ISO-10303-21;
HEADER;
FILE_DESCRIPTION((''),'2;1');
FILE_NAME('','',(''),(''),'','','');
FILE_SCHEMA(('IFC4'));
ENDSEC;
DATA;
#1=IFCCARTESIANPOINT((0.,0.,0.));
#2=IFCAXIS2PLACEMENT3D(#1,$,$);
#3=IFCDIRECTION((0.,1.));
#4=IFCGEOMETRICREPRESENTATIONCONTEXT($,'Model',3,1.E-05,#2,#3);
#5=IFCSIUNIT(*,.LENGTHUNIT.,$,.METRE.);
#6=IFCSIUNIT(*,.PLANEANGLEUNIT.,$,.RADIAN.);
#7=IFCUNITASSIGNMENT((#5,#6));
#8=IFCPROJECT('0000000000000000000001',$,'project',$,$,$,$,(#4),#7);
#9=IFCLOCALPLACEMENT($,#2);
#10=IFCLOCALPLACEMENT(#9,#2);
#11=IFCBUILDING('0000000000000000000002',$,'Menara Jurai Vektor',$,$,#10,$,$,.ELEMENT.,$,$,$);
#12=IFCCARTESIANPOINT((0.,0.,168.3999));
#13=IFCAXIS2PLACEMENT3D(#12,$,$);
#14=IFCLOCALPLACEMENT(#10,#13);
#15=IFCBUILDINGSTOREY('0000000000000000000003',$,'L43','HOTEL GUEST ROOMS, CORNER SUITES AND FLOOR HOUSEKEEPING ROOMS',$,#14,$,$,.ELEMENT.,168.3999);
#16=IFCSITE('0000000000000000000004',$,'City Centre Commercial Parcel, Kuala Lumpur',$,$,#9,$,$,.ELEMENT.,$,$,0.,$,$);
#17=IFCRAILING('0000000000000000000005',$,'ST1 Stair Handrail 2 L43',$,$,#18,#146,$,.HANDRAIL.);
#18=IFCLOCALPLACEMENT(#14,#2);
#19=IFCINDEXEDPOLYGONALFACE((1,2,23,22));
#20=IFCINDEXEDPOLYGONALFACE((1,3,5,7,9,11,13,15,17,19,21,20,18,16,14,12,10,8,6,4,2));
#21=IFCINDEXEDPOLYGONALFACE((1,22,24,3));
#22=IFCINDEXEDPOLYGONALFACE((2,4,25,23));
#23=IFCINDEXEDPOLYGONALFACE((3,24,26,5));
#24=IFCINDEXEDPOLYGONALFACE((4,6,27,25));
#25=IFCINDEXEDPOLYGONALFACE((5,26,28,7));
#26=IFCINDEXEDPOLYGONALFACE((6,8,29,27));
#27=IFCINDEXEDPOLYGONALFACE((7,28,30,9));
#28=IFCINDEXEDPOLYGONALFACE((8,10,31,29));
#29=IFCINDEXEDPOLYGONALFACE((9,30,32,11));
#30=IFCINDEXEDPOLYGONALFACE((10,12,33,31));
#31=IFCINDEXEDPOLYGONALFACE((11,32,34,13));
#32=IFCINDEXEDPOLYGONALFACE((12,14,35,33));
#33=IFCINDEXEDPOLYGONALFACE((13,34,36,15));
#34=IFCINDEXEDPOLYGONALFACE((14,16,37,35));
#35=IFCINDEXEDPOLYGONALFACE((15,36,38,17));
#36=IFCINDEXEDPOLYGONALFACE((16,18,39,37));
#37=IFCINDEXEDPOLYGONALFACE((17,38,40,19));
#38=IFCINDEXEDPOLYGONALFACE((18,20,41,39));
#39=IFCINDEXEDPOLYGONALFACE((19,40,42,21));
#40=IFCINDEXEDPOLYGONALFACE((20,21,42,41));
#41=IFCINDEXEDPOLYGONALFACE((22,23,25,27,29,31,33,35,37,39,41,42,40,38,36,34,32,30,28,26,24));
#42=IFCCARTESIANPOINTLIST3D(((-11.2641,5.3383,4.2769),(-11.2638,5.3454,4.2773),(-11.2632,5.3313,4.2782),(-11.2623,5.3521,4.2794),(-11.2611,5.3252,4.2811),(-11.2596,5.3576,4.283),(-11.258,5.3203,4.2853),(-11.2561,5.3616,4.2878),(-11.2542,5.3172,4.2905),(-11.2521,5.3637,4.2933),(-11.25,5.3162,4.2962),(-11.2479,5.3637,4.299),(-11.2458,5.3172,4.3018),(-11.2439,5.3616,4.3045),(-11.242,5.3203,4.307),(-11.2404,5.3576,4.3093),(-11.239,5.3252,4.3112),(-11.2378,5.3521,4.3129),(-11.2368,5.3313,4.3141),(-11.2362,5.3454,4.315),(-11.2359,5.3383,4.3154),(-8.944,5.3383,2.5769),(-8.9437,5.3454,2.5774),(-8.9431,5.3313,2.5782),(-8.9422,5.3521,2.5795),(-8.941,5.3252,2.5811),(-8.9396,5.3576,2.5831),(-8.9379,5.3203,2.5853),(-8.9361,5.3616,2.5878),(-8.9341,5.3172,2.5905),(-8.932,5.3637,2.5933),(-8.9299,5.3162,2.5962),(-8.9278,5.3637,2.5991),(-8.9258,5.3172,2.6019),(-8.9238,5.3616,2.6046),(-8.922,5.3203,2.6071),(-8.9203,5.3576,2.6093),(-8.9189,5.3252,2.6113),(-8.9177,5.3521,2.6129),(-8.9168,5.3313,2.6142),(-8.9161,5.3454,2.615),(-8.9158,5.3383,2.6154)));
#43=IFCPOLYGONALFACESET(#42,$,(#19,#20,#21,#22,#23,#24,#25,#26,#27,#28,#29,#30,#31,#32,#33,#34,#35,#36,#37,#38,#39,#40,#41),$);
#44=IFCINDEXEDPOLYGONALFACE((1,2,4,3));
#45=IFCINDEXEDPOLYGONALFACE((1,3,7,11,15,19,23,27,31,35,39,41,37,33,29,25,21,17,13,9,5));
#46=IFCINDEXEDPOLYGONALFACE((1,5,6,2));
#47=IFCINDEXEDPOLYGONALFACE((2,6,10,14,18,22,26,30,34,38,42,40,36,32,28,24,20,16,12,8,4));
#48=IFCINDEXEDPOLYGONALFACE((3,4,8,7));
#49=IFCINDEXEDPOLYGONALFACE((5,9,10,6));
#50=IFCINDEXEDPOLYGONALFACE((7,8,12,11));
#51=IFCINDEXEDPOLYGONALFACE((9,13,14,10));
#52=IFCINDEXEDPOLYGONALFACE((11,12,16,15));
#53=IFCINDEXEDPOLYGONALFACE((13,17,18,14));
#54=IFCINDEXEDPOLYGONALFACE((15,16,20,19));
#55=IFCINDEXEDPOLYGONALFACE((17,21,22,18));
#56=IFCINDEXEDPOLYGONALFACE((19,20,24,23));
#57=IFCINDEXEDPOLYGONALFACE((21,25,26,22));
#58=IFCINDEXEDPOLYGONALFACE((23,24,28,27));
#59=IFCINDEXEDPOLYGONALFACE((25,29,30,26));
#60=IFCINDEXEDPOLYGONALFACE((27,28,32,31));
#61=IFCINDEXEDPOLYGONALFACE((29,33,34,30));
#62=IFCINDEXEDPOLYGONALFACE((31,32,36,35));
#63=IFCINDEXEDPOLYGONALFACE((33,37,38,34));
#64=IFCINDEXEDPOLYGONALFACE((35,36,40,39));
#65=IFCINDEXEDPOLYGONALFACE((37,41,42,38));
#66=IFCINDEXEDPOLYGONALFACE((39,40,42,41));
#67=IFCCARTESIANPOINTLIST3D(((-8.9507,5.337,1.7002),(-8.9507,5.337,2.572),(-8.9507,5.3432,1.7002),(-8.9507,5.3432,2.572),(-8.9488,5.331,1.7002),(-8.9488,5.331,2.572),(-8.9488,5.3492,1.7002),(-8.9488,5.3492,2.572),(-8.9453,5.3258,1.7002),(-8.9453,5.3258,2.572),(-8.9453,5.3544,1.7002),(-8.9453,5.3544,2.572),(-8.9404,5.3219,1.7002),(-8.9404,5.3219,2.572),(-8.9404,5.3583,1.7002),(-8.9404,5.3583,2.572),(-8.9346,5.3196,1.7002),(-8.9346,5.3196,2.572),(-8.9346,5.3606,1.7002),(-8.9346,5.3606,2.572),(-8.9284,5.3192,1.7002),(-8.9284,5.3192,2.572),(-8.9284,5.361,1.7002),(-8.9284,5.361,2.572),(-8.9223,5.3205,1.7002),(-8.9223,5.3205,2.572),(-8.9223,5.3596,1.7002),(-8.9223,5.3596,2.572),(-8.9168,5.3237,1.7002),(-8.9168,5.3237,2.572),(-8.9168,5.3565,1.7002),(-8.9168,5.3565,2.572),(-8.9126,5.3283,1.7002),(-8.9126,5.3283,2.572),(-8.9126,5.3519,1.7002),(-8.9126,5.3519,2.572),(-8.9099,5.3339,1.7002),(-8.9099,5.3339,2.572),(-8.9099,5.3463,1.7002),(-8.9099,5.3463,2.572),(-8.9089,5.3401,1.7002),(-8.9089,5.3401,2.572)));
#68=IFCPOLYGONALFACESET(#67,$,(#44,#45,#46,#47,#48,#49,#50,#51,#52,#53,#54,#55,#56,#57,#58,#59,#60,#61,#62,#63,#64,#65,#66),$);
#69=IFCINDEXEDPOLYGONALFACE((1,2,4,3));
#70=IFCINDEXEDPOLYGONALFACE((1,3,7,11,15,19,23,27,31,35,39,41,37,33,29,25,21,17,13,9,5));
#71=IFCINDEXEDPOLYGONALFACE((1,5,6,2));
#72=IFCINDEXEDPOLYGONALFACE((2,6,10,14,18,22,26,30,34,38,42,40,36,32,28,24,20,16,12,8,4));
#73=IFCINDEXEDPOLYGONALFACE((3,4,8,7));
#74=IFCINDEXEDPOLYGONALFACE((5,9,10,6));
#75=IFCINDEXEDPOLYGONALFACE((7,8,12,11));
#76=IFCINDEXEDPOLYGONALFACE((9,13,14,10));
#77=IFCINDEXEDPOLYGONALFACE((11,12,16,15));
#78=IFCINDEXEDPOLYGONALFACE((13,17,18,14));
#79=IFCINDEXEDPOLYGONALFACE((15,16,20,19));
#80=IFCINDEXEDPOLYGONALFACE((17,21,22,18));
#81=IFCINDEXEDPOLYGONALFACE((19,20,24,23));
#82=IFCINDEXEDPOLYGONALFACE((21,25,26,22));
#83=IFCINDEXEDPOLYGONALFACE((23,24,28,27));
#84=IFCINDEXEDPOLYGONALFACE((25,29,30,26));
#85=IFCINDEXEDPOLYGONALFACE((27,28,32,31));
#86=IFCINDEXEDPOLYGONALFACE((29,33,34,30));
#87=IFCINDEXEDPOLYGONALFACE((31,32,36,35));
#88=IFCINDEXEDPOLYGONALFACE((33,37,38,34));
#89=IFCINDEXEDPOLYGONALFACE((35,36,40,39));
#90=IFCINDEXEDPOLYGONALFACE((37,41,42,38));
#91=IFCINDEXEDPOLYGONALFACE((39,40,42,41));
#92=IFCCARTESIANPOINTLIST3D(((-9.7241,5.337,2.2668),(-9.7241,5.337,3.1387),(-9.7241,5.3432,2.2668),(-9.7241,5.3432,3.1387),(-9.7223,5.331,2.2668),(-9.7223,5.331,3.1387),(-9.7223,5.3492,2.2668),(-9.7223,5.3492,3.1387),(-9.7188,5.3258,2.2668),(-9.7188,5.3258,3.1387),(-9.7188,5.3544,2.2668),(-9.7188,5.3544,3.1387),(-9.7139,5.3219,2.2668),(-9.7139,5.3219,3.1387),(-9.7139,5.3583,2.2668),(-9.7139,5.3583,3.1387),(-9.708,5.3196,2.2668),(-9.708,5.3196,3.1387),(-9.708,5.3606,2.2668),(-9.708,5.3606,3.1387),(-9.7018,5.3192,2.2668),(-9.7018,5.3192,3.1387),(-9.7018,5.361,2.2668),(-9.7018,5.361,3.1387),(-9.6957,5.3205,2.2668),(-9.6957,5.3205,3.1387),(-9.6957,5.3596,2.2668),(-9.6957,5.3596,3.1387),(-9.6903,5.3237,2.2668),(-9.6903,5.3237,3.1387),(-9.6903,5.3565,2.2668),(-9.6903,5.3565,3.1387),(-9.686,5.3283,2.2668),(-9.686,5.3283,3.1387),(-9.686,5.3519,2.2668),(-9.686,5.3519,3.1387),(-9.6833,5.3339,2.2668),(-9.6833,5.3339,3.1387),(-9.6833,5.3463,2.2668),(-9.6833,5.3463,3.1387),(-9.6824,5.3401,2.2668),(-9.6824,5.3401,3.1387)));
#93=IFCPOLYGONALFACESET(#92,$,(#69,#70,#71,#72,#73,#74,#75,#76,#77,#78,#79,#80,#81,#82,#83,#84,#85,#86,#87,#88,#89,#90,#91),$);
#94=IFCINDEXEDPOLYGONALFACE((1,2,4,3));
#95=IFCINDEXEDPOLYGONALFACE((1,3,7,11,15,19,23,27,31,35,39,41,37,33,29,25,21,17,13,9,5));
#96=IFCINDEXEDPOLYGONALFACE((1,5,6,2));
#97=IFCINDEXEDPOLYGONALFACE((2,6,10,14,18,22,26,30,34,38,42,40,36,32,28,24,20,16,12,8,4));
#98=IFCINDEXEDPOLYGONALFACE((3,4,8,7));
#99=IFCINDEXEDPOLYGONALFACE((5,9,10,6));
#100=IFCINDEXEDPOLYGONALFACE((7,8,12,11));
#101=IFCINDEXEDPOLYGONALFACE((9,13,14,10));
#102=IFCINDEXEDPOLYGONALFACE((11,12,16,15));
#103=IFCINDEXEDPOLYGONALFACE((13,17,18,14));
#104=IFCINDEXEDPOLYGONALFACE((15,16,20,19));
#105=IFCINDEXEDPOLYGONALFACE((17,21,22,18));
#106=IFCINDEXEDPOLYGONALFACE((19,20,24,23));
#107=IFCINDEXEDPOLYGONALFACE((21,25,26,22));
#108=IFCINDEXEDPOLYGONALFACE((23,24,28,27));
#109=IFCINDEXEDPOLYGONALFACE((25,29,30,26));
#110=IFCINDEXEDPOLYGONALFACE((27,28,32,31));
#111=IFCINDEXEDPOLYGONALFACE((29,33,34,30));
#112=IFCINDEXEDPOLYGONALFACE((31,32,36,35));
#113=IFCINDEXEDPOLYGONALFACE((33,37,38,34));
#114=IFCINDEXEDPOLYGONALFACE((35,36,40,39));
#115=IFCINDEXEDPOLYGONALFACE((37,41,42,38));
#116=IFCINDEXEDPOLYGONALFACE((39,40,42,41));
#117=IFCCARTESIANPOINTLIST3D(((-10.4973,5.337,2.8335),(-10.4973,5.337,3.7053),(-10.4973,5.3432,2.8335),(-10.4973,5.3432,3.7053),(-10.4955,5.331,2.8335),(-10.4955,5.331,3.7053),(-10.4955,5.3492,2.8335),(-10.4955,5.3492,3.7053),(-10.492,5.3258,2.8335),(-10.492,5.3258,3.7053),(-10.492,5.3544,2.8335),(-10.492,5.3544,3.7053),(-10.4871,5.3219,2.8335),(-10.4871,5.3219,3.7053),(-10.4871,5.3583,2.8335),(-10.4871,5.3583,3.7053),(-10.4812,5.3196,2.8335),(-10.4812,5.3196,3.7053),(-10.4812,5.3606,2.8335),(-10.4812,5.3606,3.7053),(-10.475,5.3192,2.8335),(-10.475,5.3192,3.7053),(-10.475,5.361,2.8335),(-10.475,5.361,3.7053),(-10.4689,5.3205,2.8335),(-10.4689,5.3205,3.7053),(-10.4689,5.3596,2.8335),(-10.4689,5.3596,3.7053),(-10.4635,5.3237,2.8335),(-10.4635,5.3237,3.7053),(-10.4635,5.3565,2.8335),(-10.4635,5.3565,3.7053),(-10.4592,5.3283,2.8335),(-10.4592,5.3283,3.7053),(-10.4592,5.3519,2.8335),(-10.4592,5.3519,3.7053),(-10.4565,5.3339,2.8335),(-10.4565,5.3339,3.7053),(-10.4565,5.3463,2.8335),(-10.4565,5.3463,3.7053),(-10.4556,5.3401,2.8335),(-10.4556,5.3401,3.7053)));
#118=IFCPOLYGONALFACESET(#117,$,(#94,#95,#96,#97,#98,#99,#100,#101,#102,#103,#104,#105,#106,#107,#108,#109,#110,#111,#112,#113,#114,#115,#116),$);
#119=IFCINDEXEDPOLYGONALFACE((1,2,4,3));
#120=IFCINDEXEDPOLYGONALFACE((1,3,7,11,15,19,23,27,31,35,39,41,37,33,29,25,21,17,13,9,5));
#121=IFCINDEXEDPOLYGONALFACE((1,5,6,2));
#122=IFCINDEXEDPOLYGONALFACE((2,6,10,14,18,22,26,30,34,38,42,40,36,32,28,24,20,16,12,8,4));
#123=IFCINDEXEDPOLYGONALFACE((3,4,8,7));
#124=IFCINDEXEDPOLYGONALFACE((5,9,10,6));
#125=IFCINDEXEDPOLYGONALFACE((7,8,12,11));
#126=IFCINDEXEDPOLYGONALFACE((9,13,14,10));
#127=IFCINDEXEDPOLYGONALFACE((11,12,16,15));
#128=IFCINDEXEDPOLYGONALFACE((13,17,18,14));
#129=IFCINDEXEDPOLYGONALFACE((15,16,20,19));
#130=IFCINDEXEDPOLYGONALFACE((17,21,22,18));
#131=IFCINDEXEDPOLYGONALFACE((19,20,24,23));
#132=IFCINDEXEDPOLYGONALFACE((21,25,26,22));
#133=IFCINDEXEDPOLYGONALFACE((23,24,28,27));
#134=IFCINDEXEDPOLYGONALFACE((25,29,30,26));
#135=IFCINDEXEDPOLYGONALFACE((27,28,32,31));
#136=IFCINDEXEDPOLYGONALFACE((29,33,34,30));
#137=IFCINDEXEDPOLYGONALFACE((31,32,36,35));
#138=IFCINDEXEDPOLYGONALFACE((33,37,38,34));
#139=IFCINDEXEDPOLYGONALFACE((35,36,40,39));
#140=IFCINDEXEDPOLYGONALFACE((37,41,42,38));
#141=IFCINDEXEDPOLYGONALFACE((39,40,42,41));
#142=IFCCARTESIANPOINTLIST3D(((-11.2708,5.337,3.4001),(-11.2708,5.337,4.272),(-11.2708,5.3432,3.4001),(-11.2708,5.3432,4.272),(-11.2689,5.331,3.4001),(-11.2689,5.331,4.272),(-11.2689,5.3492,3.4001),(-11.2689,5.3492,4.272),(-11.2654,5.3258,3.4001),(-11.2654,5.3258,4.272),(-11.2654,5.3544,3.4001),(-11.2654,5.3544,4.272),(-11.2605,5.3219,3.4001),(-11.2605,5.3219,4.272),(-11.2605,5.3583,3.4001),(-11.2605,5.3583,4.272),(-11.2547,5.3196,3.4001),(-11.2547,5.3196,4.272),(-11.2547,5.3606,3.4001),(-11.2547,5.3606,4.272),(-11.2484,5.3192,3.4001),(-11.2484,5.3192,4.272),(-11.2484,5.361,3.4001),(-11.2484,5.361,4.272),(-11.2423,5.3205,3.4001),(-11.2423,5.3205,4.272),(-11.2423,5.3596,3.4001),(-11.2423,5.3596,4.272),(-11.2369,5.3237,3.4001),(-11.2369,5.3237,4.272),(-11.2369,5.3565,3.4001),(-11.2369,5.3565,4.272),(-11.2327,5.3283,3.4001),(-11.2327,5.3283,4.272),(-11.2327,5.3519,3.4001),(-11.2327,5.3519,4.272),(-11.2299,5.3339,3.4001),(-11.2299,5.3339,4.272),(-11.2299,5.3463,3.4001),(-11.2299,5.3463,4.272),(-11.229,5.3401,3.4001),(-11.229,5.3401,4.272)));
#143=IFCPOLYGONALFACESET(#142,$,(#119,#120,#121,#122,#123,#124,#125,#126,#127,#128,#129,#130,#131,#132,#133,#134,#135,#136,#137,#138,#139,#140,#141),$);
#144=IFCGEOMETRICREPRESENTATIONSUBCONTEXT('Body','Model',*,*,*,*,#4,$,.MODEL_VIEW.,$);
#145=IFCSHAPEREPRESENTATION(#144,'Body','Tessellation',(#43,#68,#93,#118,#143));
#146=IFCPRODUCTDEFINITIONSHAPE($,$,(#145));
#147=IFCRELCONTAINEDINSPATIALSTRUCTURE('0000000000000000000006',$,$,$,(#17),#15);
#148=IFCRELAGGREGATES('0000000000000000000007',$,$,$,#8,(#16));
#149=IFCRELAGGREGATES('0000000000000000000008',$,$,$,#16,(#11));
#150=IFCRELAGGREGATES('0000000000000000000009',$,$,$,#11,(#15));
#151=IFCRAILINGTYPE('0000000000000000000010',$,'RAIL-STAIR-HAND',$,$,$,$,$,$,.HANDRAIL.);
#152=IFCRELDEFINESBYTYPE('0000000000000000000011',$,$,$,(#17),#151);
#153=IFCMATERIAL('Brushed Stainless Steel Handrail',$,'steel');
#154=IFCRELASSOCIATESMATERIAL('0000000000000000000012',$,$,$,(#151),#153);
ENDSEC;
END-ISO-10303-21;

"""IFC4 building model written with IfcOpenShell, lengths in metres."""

from ifc_helpers import new_model, si_unit, direction, frame, origin, origin_2d, place, context, subcontext, project, spatial, circle, extrude, material, type_object, element, save


model = new_model("IFC4")

# Units and contexts
model_context = context("Model", 3, precision=1e-05, world=origin(), true_north=direction((0.0, 1.0)))
body_context = subcontext(model_context, "Body", "Model", "MODEL_VIEW")
ifc_project = project(units=[si_unit("LENGTHUNIT", "METRE"), si_unit("PLANEANGLEUNIT", "RADIAN")], contexts=[model_context])

# Site, building, storey
site_placement = place(None, origin())
site = spatial("IfcSite", under=ifc_project, at=site_placement, Name="City Centre Commercial Parcel, Kuala Lumpur", CompositionType="ELEMENT", RefElevation=0.0)
building_placement = place(site_placement, origin())
building = spatial("IfcBuilding", under=site, at=building_placement, Name="Menara Jurai Vektor", CompositionType="ELEMENT")
storey_placement = place(building_placement, frame((0.0, 0.0, 168.3999)))
storey = spatial("IfcBuildingStorey", under=building, at=storey_placement, Name="L43", Description="HOTEL GUEST ROOMS, CORNER SUITES AND FLOOR HOUSEKEEPING ROOMS", CompositionType="ELEMENT", Elevation=168.3999)

# Railing
ifc_material_1 = material(Name="Brushed Stainless Steel Handrail", Category="steel")
railing_type_1 = type_object("IfcRailingType", Name="RAIL-STAIR-HAND", PredefinedType="HANDRAIL", material=ifc_material_1)
railing_1_placement = place(storey_placement, frame((-8.9299, 5.3401, 1.7002)))
element("IfcRailing", 1, at=railing_1_placement, inside=storey, type_object=railing_type_1, Name="ST1 Stair Handrail 2 L43", PredefinedType="HANDRAIL", context=body_context, shape_type="SweptSolid", body=[
    extrude(circle(Radius=0.0239, at=origin_2d()), frame((0.0, 0.0, 0.896), z_axis=(-0.806642, 0.0, 0.59104), x_axis=(0.0, -1.0, 0.0)), (0.0, 0.0, 1.0), 2.8762),
    extrude(circle(Radius=0.021, at=origin_2d()), origin(), (0.0, 0.0, 1.0), 0.8718),
    extrude(circle(Radius=0.021, at=origin_2d()), frame((-0.7734, 0.0, 0.5667)), (0.0, 0.0, 1.0), 0.8718),
    extrude(circle(Radius=0.021, at=origin_2d()), frame((-1.5466, 0.0, 1.1333)), (0.0, 0.0, 1.0), 0.8718),
    extrude(circle(Radius=0.021, at=origin_2d()), frame((-2.3201, 0.0, 1.7)), (0.0, 0.0, 1.0), 0.8718),
])

save(model, "model.ifc")
